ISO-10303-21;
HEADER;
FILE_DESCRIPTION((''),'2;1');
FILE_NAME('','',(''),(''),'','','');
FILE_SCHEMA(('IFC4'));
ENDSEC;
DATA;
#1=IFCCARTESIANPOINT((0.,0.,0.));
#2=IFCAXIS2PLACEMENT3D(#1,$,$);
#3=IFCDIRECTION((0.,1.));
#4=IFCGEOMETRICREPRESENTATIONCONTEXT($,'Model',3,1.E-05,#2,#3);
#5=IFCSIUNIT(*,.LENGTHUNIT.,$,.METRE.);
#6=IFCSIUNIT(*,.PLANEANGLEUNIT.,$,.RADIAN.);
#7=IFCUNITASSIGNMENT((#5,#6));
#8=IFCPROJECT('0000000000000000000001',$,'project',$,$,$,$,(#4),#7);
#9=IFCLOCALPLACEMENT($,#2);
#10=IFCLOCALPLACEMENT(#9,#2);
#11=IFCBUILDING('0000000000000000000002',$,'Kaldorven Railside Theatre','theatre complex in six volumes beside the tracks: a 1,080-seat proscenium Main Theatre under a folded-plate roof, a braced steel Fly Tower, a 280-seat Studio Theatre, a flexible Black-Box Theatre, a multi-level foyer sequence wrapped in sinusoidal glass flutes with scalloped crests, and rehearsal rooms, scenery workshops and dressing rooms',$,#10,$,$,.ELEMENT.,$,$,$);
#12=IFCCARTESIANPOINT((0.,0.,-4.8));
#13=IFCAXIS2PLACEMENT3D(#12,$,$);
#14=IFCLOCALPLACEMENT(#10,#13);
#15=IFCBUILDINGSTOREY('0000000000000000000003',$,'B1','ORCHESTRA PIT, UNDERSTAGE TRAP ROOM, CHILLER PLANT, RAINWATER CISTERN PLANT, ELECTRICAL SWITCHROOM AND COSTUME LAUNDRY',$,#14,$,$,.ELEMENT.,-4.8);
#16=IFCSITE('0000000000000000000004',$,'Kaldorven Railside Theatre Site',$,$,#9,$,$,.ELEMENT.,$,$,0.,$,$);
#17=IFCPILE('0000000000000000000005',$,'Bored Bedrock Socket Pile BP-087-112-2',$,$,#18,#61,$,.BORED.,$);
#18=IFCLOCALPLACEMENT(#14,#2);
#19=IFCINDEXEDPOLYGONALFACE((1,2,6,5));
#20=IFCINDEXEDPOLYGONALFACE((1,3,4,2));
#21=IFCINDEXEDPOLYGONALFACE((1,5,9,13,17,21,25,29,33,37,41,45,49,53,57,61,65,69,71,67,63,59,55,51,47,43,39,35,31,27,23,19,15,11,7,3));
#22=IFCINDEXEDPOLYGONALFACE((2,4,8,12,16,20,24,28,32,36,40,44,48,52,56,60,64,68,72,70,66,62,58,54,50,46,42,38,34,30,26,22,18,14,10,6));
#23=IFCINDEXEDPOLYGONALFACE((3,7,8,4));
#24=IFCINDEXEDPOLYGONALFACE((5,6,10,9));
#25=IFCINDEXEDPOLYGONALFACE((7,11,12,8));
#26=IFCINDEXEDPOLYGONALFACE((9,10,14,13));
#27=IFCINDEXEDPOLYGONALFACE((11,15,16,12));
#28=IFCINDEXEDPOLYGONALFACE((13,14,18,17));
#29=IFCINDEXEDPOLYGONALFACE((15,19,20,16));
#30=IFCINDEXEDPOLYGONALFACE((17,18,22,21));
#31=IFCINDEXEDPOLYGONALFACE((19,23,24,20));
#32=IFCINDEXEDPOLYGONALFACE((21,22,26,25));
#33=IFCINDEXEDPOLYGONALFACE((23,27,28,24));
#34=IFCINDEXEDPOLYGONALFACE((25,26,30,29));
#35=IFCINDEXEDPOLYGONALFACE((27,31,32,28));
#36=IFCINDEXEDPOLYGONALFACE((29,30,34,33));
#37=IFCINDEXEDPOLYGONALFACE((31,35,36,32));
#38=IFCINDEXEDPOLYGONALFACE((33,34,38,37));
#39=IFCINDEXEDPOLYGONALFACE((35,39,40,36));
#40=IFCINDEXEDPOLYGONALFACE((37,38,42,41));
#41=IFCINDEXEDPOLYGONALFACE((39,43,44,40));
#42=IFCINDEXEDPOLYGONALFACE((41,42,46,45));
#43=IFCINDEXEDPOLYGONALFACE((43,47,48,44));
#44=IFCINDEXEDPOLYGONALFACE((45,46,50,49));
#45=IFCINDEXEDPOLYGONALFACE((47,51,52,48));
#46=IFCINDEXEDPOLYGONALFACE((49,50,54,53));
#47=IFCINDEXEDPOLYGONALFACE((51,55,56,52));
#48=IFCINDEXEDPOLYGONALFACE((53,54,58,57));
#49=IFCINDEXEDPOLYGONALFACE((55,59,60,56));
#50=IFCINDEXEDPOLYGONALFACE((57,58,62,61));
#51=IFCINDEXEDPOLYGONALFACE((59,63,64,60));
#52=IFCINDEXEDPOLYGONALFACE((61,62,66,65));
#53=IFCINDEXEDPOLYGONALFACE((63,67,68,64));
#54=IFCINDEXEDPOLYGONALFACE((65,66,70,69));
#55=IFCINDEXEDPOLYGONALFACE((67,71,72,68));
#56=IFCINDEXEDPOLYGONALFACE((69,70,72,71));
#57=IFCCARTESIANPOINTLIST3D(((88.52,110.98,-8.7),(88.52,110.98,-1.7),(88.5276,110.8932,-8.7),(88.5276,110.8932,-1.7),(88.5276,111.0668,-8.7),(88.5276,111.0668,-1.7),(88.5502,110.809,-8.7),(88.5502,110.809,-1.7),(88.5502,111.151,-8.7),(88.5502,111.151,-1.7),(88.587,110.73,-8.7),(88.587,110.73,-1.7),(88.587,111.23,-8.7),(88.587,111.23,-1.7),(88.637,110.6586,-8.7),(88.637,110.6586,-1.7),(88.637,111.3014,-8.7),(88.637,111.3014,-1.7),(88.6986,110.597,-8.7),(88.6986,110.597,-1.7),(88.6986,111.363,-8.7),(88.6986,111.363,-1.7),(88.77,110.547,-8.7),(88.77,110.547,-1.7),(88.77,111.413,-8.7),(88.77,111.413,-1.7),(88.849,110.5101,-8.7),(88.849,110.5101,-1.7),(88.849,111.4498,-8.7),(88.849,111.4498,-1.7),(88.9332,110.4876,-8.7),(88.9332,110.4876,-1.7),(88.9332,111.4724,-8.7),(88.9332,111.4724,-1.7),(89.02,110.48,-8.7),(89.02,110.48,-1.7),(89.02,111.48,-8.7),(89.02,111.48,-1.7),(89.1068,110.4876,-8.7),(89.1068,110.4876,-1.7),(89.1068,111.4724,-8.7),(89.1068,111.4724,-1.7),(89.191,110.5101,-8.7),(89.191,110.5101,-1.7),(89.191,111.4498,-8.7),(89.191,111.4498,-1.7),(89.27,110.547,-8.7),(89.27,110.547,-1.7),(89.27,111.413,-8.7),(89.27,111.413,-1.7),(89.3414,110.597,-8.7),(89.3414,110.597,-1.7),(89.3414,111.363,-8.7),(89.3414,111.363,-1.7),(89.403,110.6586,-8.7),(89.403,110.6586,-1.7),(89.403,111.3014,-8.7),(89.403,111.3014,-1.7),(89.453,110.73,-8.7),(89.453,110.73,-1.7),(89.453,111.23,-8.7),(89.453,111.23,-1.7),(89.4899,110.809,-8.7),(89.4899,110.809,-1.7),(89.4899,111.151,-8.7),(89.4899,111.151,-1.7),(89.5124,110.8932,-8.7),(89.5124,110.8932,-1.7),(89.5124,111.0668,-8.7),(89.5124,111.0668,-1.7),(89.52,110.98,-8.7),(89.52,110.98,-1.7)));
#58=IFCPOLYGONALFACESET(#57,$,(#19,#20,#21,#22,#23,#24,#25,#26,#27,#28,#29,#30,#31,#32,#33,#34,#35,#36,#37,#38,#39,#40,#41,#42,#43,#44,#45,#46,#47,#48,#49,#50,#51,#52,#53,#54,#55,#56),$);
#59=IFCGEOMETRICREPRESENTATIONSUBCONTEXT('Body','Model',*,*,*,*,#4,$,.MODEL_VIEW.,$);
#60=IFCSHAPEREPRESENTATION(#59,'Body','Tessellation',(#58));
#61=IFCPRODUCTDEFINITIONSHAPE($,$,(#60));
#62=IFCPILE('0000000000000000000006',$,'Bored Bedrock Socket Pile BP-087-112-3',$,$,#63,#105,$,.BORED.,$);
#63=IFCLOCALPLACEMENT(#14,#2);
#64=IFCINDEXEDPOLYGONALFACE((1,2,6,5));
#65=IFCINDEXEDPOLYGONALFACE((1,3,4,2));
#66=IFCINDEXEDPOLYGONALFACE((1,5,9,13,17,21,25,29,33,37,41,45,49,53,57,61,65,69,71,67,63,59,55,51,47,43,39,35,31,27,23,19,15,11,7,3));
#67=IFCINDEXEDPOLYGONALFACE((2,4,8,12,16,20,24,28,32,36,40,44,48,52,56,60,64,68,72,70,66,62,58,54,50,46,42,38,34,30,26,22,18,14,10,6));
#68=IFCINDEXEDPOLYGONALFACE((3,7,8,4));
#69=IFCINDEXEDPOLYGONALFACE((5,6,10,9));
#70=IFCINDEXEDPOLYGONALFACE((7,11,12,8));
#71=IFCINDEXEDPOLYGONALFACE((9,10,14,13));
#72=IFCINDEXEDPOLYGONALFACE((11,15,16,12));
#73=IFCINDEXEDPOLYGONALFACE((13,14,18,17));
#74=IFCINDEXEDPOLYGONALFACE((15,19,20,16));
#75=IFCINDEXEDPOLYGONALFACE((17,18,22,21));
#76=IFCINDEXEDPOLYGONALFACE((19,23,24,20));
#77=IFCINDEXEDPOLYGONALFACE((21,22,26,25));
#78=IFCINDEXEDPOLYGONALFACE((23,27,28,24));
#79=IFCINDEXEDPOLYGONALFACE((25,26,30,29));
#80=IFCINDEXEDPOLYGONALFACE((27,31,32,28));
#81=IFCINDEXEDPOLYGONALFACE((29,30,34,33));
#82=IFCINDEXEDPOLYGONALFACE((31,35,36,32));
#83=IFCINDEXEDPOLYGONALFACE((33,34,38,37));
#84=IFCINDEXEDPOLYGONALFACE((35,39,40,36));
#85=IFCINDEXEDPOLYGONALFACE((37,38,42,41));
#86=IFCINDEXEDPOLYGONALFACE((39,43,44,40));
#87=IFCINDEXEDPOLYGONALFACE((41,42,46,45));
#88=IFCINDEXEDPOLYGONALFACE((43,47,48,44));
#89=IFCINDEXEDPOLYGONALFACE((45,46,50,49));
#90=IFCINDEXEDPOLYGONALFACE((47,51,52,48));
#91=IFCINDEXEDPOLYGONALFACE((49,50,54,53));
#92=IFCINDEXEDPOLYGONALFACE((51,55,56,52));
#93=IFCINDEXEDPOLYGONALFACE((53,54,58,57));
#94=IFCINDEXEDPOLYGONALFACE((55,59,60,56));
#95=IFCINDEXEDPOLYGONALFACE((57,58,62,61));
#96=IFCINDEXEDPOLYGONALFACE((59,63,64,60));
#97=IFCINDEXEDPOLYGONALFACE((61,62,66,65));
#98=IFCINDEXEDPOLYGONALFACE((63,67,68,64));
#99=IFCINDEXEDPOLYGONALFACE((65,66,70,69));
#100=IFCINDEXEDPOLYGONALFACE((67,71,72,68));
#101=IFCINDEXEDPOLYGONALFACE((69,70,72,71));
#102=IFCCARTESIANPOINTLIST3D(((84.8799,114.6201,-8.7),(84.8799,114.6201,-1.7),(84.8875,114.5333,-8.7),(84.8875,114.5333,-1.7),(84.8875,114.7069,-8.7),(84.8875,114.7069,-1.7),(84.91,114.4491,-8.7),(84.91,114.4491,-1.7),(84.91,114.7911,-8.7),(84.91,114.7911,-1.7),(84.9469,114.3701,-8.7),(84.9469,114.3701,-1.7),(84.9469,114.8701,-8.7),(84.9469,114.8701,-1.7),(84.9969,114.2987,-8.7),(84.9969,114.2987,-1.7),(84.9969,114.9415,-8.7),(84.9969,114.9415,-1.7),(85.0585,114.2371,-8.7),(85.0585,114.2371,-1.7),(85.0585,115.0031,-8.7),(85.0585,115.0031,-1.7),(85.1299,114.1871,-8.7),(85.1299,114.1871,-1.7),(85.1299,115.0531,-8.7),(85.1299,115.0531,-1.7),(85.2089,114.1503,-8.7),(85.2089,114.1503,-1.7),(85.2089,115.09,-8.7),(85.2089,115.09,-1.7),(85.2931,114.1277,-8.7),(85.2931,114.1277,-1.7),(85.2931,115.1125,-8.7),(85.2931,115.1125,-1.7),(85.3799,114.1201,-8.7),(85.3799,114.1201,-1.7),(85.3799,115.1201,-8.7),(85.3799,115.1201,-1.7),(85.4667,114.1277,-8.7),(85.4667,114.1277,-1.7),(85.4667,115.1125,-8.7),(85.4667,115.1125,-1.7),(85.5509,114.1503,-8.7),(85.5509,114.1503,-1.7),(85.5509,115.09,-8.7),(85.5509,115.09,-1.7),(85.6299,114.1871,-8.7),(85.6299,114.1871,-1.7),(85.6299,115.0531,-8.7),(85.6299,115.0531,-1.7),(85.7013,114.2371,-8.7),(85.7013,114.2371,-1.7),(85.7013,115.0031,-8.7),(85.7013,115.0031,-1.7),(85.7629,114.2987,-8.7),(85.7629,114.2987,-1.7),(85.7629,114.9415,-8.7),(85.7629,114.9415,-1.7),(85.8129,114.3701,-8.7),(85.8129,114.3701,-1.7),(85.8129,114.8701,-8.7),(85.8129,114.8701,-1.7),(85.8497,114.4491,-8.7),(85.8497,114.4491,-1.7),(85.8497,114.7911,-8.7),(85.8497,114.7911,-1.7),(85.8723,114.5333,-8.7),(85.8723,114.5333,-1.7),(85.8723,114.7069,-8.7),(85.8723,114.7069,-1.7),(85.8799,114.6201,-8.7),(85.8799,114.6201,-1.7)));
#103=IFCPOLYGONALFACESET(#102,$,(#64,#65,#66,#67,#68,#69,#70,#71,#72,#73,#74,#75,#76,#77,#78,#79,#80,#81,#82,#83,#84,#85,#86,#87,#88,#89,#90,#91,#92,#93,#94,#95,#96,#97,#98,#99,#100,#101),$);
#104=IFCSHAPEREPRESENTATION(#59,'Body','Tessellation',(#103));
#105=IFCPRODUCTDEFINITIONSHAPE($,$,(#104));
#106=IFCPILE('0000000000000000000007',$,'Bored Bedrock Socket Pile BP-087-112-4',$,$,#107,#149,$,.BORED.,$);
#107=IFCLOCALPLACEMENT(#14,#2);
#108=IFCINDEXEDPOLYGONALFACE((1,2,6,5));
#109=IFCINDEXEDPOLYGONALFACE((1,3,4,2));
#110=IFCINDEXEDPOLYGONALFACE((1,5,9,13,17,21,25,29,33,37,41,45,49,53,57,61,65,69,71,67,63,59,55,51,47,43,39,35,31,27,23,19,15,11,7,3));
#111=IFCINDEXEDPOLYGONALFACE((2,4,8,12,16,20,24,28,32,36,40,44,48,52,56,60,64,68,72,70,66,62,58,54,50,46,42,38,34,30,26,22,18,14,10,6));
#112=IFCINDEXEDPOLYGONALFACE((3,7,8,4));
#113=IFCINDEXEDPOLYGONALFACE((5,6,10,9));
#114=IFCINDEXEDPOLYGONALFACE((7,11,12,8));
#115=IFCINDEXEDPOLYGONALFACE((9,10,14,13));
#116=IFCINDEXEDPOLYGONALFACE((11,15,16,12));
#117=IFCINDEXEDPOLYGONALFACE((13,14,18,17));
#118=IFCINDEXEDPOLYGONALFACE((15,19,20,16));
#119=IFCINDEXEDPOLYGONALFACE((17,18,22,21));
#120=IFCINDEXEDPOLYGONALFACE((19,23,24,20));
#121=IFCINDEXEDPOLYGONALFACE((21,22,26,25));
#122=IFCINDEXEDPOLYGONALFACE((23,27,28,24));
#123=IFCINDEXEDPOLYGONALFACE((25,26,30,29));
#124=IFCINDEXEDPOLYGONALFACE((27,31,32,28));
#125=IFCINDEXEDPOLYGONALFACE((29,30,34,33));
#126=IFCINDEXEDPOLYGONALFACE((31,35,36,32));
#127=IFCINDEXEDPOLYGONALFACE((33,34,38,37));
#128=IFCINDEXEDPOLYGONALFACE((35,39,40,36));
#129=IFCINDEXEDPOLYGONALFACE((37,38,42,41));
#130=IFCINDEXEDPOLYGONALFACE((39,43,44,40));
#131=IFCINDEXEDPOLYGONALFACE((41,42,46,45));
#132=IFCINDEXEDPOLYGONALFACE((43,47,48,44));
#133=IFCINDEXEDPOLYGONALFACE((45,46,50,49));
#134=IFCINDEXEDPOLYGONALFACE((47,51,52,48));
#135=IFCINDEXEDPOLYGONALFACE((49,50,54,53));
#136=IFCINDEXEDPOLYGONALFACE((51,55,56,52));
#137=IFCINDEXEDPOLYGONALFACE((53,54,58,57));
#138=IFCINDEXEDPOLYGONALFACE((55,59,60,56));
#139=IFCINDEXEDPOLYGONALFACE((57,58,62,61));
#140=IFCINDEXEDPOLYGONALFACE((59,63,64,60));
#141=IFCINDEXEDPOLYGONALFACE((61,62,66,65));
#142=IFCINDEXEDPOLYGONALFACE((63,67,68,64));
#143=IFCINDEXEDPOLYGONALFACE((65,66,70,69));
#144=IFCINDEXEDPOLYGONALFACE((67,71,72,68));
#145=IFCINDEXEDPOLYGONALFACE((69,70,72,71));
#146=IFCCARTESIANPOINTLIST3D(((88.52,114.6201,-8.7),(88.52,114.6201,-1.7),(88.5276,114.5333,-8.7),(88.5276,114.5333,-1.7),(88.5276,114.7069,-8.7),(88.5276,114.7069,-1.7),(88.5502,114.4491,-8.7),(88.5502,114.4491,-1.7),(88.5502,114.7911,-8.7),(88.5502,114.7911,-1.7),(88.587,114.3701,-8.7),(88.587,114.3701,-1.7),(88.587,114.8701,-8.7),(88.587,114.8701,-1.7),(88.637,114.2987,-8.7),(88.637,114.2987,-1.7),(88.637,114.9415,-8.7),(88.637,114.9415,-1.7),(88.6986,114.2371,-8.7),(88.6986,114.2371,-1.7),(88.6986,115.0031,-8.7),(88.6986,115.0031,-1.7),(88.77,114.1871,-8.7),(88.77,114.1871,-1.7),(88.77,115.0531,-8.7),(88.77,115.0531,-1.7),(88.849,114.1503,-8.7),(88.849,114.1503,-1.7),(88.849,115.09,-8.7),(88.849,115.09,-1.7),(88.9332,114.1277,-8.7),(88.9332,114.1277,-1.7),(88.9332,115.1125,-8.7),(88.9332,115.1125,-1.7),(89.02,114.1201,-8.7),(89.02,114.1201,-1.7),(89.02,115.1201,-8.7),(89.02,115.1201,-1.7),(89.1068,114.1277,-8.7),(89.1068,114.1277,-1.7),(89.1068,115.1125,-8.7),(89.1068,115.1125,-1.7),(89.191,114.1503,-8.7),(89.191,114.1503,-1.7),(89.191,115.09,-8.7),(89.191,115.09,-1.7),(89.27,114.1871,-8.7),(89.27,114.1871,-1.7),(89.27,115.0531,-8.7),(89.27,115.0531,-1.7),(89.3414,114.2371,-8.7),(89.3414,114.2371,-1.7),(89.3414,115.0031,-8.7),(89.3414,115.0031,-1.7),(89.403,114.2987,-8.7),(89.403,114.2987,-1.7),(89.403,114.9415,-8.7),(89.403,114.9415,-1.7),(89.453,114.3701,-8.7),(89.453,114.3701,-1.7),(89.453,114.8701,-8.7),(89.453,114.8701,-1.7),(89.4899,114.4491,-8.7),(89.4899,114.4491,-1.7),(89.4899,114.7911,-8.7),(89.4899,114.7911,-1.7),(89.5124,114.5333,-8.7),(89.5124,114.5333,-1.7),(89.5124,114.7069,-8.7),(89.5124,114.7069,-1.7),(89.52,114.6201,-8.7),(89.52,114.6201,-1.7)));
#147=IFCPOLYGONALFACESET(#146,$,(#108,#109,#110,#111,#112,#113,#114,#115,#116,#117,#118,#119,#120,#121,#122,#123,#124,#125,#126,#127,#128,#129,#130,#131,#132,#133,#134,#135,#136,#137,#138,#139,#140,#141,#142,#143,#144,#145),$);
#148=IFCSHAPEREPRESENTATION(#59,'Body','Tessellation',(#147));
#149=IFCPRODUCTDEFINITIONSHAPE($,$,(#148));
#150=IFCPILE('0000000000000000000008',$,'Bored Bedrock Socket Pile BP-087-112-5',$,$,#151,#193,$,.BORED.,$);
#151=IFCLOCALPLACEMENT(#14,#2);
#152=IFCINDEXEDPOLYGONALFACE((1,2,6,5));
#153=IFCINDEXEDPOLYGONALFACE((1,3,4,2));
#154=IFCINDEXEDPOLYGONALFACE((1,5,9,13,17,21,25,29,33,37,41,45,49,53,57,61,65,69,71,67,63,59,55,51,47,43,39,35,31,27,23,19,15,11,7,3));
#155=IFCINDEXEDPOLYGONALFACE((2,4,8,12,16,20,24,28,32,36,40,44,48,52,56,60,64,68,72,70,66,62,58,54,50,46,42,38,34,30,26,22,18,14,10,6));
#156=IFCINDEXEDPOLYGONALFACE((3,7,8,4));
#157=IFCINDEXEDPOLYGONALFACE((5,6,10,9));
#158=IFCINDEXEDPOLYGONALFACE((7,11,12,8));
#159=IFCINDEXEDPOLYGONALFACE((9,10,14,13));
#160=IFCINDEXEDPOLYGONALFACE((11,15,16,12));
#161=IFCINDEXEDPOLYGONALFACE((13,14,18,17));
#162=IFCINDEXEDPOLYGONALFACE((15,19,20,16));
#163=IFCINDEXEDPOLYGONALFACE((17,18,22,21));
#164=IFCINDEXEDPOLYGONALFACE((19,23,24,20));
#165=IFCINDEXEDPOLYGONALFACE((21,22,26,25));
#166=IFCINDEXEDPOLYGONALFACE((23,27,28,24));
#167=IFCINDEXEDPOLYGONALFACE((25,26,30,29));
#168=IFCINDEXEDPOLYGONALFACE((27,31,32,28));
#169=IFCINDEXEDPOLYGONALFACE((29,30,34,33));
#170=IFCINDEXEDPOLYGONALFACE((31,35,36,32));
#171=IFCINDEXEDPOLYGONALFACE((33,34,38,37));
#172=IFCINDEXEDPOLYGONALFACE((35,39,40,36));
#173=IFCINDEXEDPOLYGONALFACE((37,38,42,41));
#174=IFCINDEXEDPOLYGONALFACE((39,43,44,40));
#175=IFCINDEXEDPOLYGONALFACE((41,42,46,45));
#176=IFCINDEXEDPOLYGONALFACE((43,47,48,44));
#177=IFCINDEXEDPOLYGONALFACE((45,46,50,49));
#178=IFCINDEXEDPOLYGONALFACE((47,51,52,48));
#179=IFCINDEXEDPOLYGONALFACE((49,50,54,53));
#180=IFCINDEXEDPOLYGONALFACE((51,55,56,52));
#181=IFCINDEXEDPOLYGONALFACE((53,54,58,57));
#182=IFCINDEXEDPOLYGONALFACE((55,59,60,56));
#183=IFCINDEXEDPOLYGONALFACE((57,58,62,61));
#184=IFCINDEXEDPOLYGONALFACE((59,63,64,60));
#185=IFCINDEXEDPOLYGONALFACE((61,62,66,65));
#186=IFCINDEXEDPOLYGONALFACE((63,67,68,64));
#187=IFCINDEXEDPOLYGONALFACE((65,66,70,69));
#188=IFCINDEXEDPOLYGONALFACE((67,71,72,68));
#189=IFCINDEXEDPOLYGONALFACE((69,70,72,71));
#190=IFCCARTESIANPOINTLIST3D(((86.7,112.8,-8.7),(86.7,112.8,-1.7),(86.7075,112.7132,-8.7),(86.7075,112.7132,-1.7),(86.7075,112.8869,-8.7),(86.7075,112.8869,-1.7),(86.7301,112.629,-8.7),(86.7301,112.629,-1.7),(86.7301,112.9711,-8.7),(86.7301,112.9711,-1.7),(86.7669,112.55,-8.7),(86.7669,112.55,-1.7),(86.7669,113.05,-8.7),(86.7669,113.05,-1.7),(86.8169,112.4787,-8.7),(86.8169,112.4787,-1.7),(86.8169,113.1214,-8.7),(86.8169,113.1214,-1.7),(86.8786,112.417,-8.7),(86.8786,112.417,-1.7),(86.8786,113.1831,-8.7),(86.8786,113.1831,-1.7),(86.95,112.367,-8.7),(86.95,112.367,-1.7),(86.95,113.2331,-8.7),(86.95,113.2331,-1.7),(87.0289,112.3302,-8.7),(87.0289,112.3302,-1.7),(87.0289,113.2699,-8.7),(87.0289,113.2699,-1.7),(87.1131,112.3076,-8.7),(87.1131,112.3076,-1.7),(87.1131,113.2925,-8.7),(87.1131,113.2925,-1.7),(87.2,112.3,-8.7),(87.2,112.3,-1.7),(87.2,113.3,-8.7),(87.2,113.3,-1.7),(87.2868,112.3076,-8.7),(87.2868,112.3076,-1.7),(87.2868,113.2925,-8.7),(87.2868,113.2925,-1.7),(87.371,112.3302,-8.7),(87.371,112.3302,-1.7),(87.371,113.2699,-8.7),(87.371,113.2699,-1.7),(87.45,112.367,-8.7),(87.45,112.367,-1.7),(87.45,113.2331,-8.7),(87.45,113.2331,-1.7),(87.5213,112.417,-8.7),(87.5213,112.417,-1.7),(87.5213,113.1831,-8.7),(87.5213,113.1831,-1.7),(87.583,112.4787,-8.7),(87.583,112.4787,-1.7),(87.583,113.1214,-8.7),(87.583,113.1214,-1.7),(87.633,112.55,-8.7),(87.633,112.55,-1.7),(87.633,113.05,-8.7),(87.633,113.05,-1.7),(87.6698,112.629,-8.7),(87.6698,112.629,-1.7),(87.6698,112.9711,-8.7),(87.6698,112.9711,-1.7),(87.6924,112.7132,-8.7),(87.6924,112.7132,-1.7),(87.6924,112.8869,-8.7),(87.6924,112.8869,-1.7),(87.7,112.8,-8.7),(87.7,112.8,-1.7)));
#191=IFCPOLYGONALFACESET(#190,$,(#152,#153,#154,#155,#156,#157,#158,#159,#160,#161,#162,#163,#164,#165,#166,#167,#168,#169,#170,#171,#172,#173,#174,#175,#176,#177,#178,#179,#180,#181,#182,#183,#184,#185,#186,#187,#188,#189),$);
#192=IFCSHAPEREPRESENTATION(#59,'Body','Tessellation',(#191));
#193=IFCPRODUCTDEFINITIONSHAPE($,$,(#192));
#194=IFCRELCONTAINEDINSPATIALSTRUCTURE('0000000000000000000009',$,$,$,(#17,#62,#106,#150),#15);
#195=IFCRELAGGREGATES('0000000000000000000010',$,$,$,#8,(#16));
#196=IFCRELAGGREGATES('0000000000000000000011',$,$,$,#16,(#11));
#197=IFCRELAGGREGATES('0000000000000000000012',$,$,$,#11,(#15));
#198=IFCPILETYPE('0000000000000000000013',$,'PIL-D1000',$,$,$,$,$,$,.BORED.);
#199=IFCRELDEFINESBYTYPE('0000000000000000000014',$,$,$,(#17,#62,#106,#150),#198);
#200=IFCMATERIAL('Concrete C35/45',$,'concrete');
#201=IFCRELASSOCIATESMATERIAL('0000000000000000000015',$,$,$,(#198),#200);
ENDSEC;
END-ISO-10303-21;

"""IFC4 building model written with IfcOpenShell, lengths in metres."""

from ifc_helpers import new_model, si_unit, direction, frame, origin, origin_2d, place, context, subcontext, project, spatial, circle, extrude, material, material_profile, profile_set, type_object, element, save


model = new_model("IFC4")

# Units and contexts
model_context = context("Model", 3, precision=1e-05, world=origin(), true_north=direction((0.0, 1.0)))
body_context = subcontext(model_context, "Body", "Model", "MODEL_VIEW")
ifc_project = project(units=[si_unit("LENGTHUNIT", "METRE"), si_unit("PLANEANGLEUNIT", "RADIAN")], contexts=[model_context])

# Site, building, storey
site_placement = place(None, origin())
site = spatial("IfcSite", under=ifc_project, at=site_placement, Name="Kaldorven Railside Theatre Site", CompositionType="ELEMENT", RefElevation=0.0)
building_placement = place(site_placement, origin())
building = spatial("IfcBuilding", under=site, at=building_placement, Name="Kaldorven Railside Theatre", Description="theatre complex in six volumes beside the tracks: a 1,080-seat proscenium Main Theatre under a folded-plate roof, a braced steel Fly Tower, a 280-seat Studio Theatre, a flexible Black-Box Theatre, a multi-level foyer sequence wrapped in sinusoidal glass flutes with scalloped crests, and rehearsal rooms, scenery workshops and dressing rooms", CompositionType="ELEMENT")
storey_placement = place(building_placement, frame((0.0, 0.0, -4.8)))
storey = spatial("IfcBuildingStorey", under=building, at=storey_placement, Name="B1", Description="ORCHESTRA PIT, UNDERSTAGE TRAP ROOM, CHILLER PLANT, RAINWATER CISTERN PLANT, ELECTRICAL SWITCHROOM AND COSTUME LAUNDRY", CompositionType="ELEMENT", Elevation=-4.8)

# Piles
ifc_material_1 = material(Name="Concrete C35/45", Category="concrete")
ifc_material_profile_1 = material_profile(ifc_material_1, circle(Radius=0.5, at=origin_2d()), Name="BP D1000")
ifc_profile_set_1 = profile_set([ifc_material_profile_1], Name="Concrete C35/45")
pile_type_1 = type_object("IfcPileType", Name="PIL-D1000", PredefinedType="BORED", material=ifc_profile_set_1)
for number, where, z_axis, x_axis, name in (
    (1, (89.02, 110.98, -1.7), (0.0, 0.0, -1.0), (1.0, 0.0, 0.0), "Bored Bedrock Socket Pile BP-087-112-2"),
    (2, (85.3799, 114.6201, -1.7), (0.0, 0.0, -1.0), (1.0, 0.0, 0.0), "Bored Bedrock Socket Pile BP-087-112-3"),
    (3, (89.02, 114.6201, -1.7), (0.0, 0.0, -1.0), (1.0, 0.0, 0.0), "Bored Bedrock Socket Pile BP-087-112-4"),
    (4, (87.2, 112.8, -1.7), (0.0, 0.0, -1.0), (1.0, 0.0, 0.0), "Bored Bedrock Socket Pile BP-087-112-5"),
):
    element("IfcPile", number, at=place(storey_placement, frame(where, z_axis=z_axis, x_axis=x_axis)), inside=storey, type_object=pile_type_1, Name=name, PredefinedType="BORED", context=body_context, shape_type="SweptSolid", body=[
        extrude(circle(Radius=0.5, at=origin_2d()), origin(), (0.0, 0.0, 1.0), 7.0),
    ])

save(model, "model.ifc")
